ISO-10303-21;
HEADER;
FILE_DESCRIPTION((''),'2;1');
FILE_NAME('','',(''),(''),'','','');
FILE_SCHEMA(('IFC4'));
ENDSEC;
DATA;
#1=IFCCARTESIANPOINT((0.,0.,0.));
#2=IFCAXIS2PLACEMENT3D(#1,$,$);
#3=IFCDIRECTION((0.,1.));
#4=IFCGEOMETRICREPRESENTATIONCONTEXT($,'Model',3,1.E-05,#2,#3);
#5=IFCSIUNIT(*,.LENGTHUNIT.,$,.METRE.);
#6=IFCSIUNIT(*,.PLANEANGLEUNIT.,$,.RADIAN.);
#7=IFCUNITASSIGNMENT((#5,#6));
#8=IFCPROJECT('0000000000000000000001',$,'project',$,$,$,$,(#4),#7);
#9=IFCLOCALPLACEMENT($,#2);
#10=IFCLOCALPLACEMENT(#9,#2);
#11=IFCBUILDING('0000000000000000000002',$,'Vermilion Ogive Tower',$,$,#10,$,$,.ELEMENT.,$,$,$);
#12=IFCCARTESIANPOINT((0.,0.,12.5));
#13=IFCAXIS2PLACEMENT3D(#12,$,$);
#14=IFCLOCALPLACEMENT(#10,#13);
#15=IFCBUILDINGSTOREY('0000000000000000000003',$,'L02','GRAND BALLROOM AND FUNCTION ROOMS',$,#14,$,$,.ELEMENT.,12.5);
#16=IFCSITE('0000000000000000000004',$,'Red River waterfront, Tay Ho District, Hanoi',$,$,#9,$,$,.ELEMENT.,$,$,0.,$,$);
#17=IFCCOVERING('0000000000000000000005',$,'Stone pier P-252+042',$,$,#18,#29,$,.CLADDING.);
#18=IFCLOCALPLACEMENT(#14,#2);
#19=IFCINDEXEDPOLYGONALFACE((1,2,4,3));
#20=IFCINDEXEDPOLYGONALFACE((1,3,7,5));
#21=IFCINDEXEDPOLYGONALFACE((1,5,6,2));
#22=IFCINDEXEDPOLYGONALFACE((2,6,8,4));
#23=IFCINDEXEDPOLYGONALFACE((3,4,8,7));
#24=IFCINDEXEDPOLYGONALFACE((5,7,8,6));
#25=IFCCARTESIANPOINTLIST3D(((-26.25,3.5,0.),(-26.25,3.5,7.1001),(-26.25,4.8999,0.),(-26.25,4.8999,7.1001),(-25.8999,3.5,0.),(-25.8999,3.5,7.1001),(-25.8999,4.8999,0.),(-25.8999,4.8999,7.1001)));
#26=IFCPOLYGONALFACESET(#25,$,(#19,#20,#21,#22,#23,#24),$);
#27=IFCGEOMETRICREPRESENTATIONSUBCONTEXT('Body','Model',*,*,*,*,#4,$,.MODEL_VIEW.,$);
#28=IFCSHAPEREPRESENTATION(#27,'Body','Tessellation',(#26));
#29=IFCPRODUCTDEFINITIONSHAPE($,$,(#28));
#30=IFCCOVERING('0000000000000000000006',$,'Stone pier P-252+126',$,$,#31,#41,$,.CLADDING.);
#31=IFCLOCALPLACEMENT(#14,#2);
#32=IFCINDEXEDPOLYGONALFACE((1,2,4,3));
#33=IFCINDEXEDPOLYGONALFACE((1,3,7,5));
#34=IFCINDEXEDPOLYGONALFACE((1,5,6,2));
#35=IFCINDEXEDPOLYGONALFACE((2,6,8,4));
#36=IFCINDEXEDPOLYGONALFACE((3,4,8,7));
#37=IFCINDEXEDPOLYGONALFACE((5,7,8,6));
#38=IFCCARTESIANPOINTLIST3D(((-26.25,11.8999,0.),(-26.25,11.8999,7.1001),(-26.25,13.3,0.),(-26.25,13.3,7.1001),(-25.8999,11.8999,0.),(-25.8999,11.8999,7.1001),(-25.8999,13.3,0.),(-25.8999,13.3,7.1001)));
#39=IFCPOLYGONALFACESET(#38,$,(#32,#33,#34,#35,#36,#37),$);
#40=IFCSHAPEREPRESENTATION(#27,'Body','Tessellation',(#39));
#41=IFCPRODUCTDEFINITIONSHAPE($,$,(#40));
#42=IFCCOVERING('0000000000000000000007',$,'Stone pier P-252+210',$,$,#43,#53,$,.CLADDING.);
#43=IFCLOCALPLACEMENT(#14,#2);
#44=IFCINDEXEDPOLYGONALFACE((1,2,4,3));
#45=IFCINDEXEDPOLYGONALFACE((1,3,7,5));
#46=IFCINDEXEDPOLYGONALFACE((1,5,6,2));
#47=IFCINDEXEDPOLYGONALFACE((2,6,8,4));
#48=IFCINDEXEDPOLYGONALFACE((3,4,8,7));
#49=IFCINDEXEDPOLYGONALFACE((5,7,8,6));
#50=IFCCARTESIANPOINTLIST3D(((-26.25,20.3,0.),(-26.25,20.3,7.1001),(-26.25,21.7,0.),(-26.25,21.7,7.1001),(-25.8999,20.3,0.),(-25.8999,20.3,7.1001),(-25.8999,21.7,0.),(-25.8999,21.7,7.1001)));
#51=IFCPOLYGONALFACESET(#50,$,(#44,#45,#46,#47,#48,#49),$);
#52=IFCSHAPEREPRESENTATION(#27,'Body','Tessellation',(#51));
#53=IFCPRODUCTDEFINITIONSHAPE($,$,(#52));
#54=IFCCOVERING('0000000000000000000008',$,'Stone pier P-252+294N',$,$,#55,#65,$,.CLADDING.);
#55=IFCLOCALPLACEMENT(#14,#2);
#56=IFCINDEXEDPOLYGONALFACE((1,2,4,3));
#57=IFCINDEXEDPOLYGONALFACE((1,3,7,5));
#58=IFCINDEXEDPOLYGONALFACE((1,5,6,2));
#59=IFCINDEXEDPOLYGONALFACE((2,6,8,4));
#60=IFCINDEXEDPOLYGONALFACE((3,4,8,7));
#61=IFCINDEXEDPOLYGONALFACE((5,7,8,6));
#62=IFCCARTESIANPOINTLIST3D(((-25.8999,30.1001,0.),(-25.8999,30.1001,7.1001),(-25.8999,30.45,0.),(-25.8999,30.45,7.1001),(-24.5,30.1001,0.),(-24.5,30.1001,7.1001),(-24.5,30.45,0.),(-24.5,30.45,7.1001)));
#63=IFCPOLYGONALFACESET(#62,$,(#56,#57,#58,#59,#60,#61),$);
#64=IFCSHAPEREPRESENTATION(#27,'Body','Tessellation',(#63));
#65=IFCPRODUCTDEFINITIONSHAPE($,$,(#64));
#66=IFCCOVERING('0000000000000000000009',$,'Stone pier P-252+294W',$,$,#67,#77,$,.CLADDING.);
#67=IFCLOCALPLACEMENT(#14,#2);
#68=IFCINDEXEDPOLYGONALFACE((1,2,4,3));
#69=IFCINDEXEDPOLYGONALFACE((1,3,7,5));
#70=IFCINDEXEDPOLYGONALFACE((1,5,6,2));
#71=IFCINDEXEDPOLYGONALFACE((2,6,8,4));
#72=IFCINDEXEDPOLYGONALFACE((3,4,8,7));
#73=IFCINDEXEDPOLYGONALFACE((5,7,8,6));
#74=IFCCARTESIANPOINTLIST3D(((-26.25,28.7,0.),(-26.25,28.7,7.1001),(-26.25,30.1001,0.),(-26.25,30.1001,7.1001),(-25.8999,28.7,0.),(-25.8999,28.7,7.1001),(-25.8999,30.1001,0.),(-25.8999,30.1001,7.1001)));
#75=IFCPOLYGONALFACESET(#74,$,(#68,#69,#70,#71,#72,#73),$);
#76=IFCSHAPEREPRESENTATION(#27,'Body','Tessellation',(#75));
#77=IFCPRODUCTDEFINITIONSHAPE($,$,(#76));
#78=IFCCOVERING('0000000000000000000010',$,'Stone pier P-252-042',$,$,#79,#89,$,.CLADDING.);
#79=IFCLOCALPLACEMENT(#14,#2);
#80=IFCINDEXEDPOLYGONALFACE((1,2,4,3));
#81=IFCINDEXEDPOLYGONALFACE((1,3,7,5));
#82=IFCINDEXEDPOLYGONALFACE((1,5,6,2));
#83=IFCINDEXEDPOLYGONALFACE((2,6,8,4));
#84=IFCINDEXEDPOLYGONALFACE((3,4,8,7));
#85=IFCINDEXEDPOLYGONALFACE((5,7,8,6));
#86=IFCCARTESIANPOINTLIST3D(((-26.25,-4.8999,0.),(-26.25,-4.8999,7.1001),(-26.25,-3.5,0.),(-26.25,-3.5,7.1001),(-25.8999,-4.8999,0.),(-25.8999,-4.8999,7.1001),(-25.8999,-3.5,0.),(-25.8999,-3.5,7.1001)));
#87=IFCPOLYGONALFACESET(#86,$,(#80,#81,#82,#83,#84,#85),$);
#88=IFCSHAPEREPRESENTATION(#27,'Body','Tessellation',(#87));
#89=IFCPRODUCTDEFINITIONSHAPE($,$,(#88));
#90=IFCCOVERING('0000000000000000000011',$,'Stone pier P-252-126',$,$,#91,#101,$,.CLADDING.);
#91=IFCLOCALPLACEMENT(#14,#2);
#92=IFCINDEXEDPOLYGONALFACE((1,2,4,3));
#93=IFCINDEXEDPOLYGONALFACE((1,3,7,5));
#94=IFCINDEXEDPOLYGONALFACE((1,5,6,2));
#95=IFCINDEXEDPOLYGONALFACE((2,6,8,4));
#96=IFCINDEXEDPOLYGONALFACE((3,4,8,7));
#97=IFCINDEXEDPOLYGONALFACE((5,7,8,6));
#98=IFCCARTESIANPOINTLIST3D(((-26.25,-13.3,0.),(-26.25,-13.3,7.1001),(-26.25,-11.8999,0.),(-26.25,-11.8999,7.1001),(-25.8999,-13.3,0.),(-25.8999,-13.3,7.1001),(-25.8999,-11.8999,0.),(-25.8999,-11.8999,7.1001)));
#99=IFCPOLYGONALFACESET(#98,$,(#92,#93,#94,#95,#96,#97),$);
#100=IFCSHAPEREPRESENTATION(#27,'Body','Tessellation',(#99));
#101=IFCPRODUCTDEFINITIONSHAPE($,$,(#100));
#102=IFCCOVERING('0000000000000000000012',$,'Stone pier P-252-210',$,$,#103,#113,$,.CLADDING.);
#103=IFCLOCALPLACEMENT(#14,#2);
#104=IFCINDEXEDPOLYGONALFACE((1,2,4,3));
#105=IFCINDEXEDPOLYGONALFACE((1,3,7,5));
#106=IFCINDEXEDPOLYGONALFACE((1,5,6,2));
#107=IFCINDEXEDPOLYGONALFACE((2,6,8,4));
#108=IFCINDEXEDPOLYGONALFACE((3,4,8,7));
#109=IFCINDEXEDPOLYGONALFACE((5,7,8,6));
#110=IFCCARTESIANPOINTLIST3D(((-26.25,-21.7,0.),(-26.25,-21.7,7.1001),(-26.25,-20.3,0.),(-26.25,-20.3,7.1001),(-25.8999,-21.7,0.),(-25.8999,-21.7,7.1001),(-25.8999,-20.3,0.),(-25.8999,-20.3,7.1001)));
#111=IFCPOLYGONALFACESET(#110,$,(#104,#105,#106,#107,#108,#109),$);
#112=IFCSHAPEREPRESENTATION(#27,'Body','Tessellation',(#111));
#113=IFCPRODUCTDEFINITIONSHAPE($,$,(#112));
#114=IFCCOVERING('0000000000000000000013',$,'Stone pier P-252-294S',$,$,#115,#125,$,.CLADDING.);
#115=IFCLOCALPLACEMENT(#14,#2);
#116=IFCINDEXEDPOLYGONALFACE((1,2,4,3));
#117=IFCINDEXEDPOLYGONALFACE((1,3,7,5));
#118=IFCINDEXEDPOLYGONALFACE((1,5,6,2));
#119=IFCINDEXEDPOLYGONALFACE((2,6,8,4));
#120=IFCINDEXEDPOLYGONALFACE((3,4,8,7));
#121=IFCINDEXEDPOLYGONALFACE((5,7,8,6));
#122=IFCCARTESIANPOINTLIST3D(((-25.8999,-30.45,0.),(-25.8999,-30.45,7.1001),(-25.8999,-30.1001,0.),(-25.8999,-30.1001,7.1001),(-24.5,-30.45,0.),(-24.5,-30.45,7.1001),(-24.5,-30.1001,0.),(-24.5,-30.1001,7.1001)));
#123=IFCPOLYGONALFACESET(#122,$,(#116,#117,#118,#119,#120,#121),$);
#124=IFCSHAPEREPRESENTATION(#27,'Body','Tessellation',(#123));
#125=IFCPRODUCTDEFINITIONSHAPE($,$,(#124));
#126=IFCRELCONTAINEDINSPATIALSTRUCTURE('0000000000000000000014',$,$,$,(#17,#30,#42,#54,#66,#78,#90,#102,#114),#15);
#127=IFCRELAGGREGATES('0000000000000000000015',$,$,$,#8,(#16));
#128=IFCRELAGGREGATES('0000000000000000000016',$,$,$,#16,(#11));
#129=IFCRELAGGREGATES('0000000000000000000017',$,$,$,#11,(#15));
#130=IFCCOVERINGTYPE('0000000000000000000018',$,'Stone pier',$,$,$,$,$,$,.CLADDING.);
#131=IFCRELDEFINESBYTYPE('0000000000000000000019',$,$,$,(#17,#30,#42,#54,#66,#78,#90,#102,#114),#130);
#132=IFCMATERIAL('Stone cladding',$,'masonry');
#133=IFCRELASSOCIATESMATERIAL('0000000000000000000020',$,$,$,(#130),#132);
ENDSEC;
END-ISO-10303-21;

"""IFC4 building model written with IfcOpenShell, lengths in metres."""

from ifc_helpers import new_model, si_unit, direction, frame, origin, place, context, subcontext, project, spatial, polyline, outline, extrude, material, type_object, element, save


model = new_model("IFC4")

# Units and contexts
model_context = context("Model", 3, precision=1e-05, world=origin(), true_north=direction((0.0, 1.0)))
body_context = subcontext(model_context, "Body", "Model", "MODEL_VIEW")
ifc_project = project(units=[si_unit("LENGTHUNIT", "METRE"), si_unit("PLANEANGLEUNIT", "RADIAN")], contexts=[model_context])

# Site, building, storey
site_placement = place(None, origin())
site = spatial("IfcSite", under=ifc_project, at=site_placement, Name="Red River waterfront, Tay Ho District, Hanoi", CompositionType="ELEMENT", RefElevation=0.0)
building_placement = place(site_placement, origin())
building = spatial("IfcBuilding", under=site, at=building_placement, Name="Vermilion Ogive Tower", CompositionType="ELEMENT")
storey_placement = place(building_placement, frame((0.0, 0.0, 12.5)))
storey = spatial("IfcBuildingStorey", under=building, at=storey_placement, Name="L02", Description="GRAND BALLROOM AND FUNCTION ROOMS", CompositionType="ELEMENT", Elevation=12.5)

# Coverings
ifc_material = material(Name="Stone cladding", Category="masonry")
covering_type = type_object("IfcCoveringType", Name="Stone pier", PredefinedType="CLADDING", material=ifc_material)
covering_1_placement = place(storey_placement, origin())
element("IfcCovering", 1, at=covering_1_placement, inside=storey, type_object=covering_type, Name="Stone pier P-252+042", PredefinedType="CLADDING", context=body_context, shape_type="SweptSolid", body=[
    extrude(outline(polyline([(-26.25, 3.5), (-26.25, 4.8999), (-25.8999, 4.8999), (-25.8999, 3.5), (-26.25, 3.5)])), origin(), (0.0, 0.0, 1.0), 7.1001),
])
covering_2_placement = place(storey_placement, origin())
element("IfcCovering", 2, at=covering_2_placement, inside=storey, type_object=covering_type, Name="Stone pier P-252+126", PredefinedType="CLADDING", context=body_context, shape_type="SweptSolid", body=[
    extrude(outline(polyline([(-25.8999, 11.8999), (-26.25, 11.8999), (-26.25, 13.3), (-25.8999, 13.3), (-25.8999, 13.3), (-25.8999, 11.8999)])), origin(), (0.0, 0.0, 1.0), 7.1001),
])
covering_3_placement = place(storey_placement, origin())
element("IfcCovering", 3, at=covering_3_placement, inside=storey, type_object=covering_type, Name="Stone pier P-252+210", PredefinedType="CLADDING", context=body_context, shape_type="SweptSolid", body=[
    extrude(outline(polyline([(-26.25, 20.3), (-26.25, 21.7), (-25.8999, 21.7), (-25.8999, 20.3), (-26.25, 20.3)])), origin(), (0.0, 0.0, 1.0), 7.1001),
])
covering_4_placement = place(storey_placement, origin())
element("IfcCovering", 4, at=covering_4_placement, inside=storey, type_object=covering_type, Name="Stone pier P-252+294N", PredefinedType="CLADDING", context=body_context, shape_type="SweptSolid", body=[
    extrude(outline(polyline([(-25.8999, 30.1001), (-25.8999, 30.45), (-24.5, 30.45), (-24.5, 30.1001), (-24.5, 30.1001), (-25.8999, 30.1001)])), origin(), (0.0, 0.0, 1.0), 7.1001),
])
covering_5_placement = place(storey_placement, origin())
element("IfcCovering", 5, at=covering_5_placement, inside=storey, type_object=covering_type, Name="Stone pier P-252+294W", PredefinedType="CLADDING", context=body_context, shape_type="SweptSolid", body=[
    extrude(outline(polyline([(-26.25, 30.1001), (-25.8999, 30.1001), (-25.8999, 28.7), (-26.25, 28.7), (-26.25, 30.1001)])), origin(), (0.0, 0.0, 1.0), 7.1001),
])
covering_6_placement = place(storey_placement, origin())
element("IfcCovering", 6, at=covering_6_placement, inside=storey, type_object=covering_type, Name="Stone pier P-252-042", PredefinedType="CLADDING", context=body_context, shape_type="SweptSolid", body=[
    extrude(outline(polyline([(-25.8999, -4.8999), (-26.25, -4.8999), (-26.25, -3.5), (-25.8999, -3.5), (-25.8999, -4.8999), (-25.8999, -4.8999)])), origin(), (0.0, 0.0, 1.0), 7.1001),
])
covering_7_placement = place(storey_placement, origin())
element("IfcCovering", 7, at=covering_7_placement, inside=storey, type_object=covering_type, Name="Stone pier P-252-126", PredefinedType="CLADDING", context=body_context, shape_type="SweptSolid", body=[
    extrude(outline(polyline([(-25.8999, -13.3), (-25.8999, -13.3), (-26.25, -13.3), (-26.25, -11.8999), (-25.8999, -11.8999), (-25.8999, -11.8999), (-25.8999, -13.3)])), origin(), (0.0, 0.0, 1.0), 7.1001),
])
covering_8_placement = place(storey_placement, origin())
element("IfcCovering", 8, at=covering_8_placement, inside=storey, type_object=covering_type, Name="Stone pier P-252-210", PredefinedType="CLADDING", context=body_context, shape_type="SweptSolid", body=[
    extrude(outline(polyline([(-25.8999, -21.7), (-25.8999, -21.7), (-26.25, -21.7), (-26.25, -20.3), (-25.8999, -20.3), (-25.8999, -20.3), (-25.8999, -21.7)])), origin(), (0.0, 0.0, 1.0), 7.1001),
])
covering_9_placement = place(storey_placement, origin())
element("IfcCovering", 9, at=covering_9_placement, inside=storey, type_object=covering_type, Name="Stone pier P-252-294S", PredefinedType="CLADDING", context=body_context, shape_type="SweptSolid", body=[
    extrude(outline(polyline([(-24.5, -30.45), (-25.8999, -30.45), (-25.8999, -30.1001), (-24.5, -30.1001), (-24.5, -30.45)])), origin(), (0.0, 0.0, 1.0), 7.1001),
])

save(model, "model.ifc")
